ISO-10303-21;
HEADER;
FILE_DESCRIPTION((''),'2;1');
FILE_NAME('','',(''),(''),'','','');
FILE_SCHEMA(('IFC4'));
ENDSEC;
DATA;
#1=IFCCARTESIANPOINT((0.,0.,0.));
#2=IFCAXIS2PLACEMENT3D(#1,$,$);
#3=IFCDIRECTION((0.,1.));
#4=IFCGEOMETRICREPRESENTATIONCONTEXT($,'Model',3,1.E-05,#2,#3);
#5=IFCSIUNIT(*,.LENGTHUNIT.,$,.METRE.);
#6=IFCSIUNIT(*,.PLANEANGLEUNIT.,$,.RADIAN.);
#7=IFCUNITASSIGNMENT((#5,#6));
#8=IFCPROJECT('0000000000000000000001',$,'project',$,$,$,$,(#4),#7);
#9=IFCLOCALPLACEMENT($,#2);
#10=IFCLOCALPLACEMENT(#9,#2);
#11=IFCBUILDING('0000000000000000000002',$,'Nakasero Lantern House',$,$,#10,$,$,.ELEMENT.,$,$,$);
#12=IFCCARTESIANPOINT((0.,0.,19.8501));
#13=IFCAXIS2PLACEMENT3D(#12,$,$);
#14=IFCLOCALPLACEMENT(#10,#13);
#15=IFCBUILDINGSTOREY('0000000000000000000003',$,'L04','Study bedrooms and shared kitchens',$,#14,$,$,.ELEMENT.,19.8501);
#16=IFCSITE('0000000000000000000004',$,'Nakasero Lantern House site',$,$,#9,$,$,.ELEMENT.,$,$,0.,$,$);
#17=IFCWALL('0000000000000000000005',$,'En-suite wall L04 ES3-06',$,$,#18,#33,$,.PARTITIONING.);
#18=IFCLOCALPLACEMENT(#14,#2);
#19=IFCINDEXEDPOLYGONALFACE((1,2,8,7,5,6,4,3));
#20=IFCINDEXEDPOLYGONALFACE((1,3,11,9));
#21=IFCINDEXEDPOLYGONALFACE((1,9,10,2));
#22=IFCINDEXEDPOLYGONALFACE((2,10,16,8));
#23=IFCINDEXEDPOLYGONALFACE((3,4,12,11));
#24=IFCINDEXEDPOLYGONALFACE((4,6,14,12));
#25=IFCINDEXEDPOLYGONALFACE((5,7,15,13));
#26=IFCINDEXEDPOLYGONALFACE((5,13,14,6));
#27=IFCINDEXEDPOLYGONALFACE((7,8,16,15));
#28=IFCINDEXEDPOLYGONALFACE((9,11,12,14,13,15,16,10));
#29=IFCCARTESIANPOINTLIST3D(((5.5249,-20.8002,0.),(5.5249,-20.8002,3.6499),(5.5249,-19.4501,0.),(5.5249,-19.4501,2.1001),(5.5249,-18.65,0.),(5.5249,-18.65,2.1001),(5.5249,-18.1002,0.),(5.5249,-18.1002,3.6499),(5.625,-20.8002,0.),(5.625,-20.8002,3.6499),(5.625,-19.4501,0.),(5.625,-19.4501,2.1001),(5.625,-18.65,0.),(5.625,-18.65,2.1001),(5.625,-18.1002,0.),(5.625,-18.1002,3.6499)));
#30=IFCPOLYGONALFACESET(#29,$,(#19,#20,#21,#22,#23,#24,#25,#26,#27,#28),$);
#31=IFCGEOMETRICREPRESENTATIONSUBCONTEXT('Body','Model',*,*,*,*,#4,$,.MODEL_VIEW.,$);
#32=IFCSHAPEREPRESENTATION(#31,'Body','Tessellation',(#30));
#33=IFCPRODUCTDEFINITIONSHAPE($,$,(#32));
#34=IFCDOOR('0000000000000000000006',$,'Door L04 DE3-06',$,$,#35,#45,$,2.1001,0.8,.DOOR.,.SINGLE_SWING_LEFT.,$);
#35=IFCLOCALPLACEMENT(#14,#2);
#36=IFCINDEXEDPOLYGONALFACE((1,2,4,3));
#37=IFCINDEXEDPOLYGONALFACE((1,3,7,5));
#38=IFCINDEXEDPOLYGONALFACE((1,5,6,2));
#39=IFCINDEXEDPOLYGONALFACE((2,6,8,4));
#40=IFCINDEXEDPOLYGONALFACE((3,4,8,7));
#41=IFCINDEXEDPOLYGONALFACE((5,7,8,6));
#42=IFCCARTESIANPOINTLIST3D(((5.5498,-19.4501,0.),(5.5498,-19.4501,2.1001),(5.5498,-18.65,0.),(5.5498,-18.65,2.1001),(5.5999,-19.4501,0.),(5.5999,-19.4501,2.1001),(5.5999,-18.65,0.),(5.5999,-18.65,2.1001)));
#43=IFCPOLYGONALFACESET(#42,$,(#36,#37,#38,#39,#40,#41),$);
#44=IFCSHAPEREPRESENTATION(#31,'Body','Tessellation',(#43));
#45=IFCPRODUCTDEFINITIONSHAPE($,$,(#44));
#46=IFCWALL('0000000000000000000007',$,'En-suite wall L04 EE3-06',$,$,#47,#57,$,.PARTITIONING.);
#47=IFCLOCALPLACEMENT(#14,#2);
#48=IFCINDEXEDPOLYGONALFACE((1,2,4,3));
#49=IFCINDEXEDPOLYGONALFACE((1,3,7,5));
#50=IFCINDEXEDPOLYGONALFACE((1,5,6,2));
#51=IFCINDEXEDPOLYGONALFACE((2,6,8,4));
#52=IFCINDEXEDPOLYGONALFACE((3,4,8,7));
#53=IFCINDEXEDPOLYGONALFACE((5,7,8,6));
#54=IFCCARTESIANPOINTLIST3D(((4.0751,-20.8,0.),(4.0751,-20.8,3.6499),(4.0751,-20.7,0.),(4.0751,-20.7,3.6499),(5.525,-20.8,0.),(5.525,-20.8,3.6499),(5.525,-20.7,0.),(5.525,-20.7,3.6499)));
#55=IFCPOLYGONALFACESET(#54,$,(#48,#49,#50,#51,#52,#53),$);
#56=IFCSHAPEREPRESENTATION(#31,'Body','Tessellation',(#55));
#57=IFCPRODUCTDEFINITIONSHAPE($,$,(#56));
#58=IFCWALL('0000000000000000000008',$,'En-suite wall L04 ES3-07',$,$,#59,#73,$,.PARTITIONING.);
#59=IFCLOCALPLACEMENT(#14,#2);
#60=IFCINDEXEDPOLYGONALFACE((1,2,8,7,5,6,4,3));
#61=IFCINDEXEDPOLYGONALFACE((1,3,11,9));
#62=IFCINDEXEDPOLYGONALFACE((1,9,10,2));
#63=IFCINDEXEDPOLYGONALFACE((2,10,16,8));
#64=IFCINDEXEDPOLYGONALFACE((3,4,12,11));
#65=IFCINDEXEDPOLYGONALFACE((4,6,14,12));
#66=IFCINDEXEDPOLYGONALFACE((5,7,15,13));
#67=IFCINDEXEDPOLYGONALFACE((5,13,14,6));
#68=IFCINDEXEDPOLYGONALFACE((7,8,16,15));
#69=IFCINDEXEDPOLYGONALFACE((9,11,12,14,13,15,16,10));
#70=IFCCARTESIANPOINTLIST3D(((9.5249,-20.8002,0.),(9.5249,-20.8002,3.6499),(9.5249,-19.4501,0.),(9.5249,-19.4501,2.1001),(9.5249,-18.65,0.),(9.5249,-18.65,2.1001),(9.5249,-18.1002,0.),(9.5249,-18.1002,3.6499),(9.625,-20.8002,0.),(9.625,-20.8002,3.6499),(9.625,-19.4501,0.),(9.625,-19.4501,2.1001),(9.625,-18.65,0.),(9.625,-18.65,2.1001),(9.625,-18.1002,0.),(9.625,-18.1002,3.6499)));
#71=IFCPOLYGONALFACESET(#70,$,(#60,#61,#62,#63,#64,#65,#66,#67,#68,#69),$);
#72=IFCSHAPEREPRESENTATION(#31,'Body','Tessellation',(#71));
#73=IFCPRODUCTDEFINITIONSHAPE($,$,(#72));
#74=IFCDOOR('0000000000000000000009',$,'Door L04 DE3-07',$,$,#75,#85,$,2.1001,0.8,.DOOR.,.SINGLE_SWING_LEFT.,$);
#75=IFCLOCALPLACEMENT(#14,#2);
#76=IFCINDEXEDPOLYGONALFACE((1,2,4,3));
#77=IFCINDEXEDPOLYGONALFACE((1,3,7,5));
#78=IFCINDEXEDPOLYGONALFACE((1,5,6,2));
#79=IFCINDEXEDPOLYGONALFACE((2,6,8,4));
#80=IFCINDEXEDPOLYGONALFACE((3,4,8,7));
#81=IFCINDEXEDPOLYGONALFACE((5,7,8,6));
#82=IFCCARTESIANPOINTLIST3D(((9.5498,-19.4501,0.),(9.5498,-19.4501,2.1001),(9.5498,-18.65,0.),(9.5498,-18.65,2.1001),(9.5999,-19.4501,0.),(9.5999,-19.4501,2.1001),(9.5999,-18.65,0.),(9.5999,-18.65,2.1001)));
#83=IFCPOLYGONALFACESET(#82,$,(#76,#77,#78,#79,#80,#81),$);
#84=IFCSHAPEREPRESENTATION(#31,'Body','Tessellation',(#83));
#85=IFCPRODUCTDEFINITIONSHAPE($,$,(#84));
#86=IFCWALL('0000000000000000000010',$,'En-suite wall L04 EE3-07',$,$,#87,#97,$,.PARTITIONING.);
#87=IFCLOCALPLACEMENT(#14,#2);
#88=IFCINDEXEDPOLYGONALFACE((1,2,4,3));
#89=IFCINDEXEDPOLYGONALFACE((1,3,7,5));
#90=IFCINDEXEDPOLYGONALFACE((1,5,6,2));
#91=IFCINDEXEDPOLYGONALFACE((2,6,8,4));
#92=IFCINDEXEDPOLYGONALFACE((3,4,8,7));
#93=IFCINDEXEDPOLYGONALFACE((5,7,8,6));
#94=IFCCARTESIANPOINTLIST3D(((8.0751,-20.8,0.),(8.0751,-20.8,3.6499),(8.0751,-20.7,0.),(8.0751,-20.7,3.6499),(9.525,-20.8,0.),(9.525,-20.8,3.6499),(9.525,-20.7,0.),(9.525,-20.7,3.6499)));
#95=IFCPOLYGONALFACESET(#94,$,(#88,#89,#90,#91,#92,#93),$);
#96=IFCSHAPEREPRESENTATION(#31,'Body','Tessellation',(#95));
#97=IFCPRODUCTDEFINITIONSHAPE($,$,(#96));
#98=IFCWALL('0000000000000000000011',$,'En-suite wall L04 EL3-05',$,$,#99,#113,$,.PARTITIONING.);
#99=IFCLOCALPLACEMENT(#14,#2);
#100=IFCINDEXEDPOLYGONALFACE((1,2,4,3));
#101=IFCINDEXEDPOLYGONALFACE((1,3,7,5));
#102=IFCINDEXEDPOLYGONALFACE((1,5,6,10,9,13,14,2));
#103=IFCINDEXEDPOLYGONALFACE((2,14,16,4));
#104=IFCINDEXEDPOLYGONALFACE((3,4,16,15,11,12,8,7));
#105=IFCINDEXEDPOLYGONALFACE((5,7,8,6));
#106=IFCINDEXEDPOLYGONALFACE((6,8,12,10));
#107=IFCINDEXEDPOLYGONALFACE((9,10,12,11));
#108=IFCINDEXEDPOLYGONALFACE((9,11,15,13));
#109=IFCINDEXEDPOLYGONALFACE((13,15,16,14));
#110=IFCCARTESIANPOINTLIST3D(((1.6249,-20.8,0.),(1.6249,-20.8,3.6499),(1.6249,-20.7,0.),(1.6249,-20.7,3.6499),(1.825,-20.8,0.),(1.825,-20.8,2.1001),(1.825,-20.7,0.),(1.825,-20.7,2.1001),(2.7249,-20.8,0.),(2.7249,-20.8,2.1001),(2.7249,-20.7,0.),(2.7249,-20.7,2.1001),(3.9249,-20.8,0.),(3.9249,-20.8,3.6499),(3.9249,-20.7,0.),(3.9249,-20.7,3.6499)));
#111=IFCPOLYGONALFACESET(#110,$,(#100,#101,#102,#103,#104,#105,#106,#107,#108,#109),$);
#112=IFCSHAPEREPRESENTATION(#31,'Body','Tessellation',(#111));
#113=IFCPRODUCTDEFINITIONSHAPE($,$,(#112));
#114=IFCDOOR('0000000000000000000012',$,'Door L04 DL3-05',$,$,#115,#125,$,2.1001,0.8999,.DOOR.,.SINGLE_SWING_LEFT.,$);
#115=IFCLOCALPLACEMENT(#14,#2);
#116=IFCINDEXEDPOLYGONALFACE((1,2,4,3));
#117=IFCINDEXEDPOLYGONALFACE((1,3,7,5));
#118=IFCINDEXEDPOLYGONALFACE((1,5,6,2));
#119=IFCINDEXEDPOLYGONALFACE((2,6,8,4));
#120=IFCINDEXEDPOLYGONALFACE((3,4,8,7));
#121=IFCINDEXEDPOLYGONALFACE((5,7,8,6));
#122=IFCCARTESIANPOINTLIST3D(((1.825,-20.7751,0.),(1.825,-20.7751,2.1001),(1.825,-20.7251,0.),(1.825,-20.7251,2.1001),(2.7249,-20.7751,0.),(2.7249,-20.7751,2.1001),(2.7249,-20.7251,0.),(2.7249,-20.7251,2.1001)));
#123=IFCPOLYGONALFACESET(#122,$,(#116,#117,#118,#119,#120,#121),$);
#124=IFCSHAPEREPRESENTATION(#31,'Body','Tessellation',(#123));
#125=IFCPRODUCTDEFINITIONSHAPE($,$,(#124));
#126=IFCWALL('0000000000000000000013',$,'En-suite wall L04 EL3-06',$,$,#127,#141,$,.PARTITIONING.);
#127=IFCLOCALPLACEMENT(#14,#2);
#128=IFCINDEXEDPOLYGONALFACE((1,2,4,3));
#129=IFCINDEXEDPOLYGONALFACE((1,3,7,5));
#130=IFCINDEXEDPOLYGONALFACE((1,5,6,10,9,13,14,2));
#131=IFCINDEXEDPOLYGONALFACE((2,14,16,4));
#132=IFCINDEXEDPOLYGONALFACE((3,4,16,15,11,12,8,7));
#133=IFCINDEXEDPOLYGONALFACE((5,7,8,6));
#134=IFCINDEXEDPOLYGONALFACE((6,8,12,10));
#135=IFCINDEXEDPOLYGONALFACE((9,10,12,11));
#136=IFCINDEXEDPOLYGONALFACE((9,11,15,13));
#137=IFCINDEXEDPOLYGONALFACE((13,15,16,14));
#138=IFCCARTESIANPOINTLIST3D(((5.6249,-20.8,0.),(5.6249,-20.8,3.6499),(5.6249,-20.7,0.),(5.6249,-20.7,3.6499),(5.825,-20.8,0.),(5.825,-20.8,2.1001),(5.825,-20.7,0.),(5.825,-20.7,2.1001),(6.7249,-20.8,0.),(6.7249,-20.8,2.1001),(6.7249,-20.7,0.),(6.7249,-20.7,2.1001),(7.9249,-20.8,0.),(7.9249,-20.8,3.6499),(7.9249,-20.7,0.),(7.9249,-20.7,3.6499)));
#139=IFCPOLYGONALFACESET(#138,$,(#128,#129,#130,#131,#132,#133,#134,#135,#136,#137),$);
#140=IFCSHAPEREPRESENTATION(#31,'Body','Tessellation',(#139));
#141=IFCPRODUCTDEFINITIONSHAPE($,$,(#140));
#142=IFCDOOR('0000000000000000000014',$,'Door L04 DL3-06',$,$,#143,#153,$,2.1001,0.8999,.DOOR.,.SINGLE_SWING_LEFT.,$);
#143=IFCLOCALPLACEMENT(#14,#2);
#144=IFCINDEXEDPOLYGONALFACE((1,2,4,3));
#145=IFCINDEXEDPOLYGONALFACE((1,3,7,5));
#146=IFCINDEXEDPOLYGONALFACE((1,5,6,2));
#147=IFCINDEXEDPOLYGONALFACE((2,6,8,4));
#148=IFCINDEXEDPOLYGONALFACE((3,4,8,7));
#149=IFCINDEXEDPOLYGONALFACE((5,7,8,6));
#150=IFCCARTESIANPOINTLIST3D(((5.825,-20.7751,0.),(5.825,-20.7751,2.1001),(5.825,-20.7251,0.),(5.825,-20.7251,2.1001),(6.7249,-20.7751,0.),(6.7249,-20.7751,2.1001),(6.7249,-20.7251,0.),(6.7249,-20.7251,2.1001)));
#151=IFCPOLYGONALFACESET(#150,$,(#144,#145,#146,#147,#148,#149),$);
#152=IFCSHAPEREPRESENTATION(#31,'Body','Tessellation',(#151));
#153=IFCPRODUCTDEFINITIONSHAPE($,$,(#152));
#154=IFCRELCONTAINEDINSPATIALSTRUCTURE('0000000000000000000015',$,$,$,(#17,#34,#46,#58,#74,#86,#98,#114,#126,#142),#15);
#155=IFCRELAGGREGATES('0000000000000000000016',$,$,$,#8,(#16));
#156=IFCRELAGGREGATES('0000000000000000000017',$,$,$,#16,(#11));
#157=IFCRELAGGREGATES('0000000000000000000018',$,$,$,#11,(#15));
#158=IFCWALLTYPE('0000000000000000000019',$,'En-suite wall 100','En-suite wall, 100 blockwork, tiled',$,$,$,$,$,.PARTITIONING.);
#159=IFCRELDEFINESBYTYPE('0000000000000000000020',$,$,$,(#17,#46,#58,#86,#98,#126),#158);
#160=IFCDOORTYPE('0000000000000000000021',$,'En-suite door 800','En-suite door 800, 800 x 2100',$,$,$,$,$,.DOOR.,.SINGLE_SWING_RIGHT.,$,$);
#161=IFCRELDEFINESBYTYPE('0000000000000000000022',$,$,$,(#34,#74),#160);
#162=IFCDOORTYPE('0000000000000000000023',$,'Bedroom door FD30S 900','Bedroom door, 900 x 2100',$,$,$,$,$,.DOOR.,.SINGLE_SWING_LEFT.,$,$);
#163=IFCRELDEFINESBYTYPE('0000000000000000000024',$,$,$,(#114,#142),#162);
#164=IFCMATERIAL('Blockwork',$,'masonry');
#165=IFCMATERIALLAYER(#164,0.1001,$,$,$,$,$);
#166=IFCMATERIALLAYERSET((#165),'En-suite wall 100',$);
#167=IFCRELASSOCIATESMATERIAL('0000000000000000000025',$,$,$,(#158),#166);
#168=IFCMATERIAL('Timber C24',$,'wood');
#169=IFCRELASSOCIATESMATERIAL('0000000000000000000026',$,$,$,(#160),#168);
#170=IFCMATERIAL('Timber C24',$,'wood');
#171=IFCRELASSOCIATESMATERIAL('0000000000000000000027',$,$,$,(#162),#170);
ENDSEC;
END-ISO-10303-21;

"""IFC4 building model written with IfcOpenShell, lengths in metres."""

from ifc_helpers import new_model, si_unit, direction, frame, frame_2d, origin, place, context, subcontext, project, spatial, rectangle, extrude, material, layer, layer_set, type_object, element, fill, save


model = new_model("IFC4")

# Units and contexts
model_context = context("Model", 3, precision=1e-05, world=origin(), true_north=direction((0.0, 1.0)))
body_context = subcontext(model_context, "Body", "Model", "MODEL_VIEW")
ifc_project = project(units=[si_unit("LENGTHUNIT", "METRE"), si_unit("PLANEANGLEUNIT", "RADIAN")], contexts=[model_context])

# Site, building, storey
site_placement = place(None, origin())
site = spatial("IfcSite", under=ifc_project, at=site_placement, Name="Nakasero Lantern House site", CompositionType="ELEMENT", RefElevation=0.0)
building_placement = place(site_placement, origin())
building = spatial("IfcBuilding", under=site, at=building_placement, Name="Nakasero Lantern House", CompositionType="ELEMENT")
storey_placement = place(building_placement, frame((0.0, 0.0, 19.8501)))
storey = spatial("IfcBuildingStorey", under=building, at=storey_placement, Name="L04", Description="Study bedrooms and shared kitchens", CompositionType="ELEMENT", Elevation=19.8501)

# Shared definitions
ifc_material_1 = material(Name="Blockwork", Category="masonry")
ifc_layer_1 = layer(ifc_material_1, 0.1001)
ifc_layer_set_1 = layer_set([ifc_layer_1], Name="En-suite wall 100")
wall_type_1 = type_object("IfcWallType", Name="En-suite wall 100", Description="En-suite wall, 100 blockwork, tiled", PredefinedType="PARTITIONING", material=ifc_layer_set_1)
ifc_material_2 = material(Name="Timber C24", Category="wood")
door_type_1 = type_object("IfcDoorType", Name="En-suite door 800", Description="En-suite door 800, 800 x 2100", OperationType="SINGLE_SWING_RIGHT", PredefinedType="DOOR", material=ifc_material_2)

# Wall, opening, door
wall_1_placement = place(storey_placement, frame((5.575, -18.1001, 0.0), z_axis=(0.0, 0.0, 1.0), x_axis=(0.0, -1.0, 0.0)))
wall_1 = element("IfcWall", 1, at=wall_1_placement, inside=storey, type_object=wall_type_1, Name="En-suite wall L04 ES3-06", PredefinedType="PARTITIONING", context=body_context, shape_type="SweptSolid", body=[
    extrude(rectangle(XDim=2.7, YDim=0.1001, at=frame_2d((1.3501, 0.0))), origin(), (0.0, 0.0, 1.0), 3.6499),
])
opening_1_placement = place(wall_1_placement, frame((0.55, 0.0, 0.0)))
opening_1 = element("IfcOpeningElement", 2, at=opening_1_placement, cuts=wall_1, PredefinedType="OPENING", context=body_context, shape_type="SweptSolid", body=[
    extrude(rectangle(XDim=0.8, YDim=2.1001, at=frame_2d((0.3999, 1.05))), frame((0.0, 0.0701, 0.0), z_axis=(0.0, -1.0, 0.0), x_axis=(1.0, 0.0, 0.0)), (0.0, 0.0, 1.0), 0.1401),
])
door_1_placement = place(opening_1_placement, origin())
door_1 = element("IfcDoor", 3, at=door_1_placement, inside=storey, type_object=door_type_1, Name="Door L04 DE3-06", OperationType="SINGLE_SWING_LEFT", OverallHeight=2.1001, OverallWidth=0.8, PredefinedType="DOOR", context=body_context, shape_type="SweptSolid", body=[
    extrude(rectangle(XDim=0.8, YDim=2.1001, at=frame_2d((0.3999, 1.05))), frame((0.0, 0.0249, 0.0), z_axis=(0.0, -1.0, 0.0), x_axis=(1.0, 0.0, 0.0)), (0.0, 0.0, 1.0), 0.05),
])
fill(opening_1, door_1)

# Wall
wall_2_placement = place(storey_placement, frame((4.075, -20.75, 0.0), z_axis=(0.0, 0.0, 1.0), x_axis=(1.0, 0.0, 0.0)))
element("IfcWall", 4, at=wall_2_placement, inside=storey, type_object=wall_type_1, Name="En-suite wall L04 EE3-06", PredefinedType="PARTITIONING", context=body_context, shape_type="SweptSolid", body=[
    extrude(rectangle(XDim=1.45, YDim=0.1001, at=frame_2d((0.7251, 0.0))), origin(), (0.0, 0.0, 1.0), 3.6499),
])

# Wall, opening, door
wall_3_placement = place(storey_placement, frame((9.575, -18.1001, 0.0), z_axis=(0.0, 0.0, 1.0), x_axis=(0.0, -1.0, 0.0)))
wall_3 = element("IfcWall", 5, at=wall_3_placement, inside=storey, type_object=wall_type_1, Name="En-suite wall L04 ES3-07", PredefinedType="PARTITIONING", context=body_context, shape_type="SweptSolid", body=[
    extrude(rectangle(XDim=2.7, YDim=0.1001, at=frame_2d((1.3501, 0.0))), origin(), (0.0, 0.0, 1.0), 3.6499),
])
opening_2_placement = place(wall_3_placement, frame((0.55, 0.0, 0.0)))
opening_2 = element("IfcOpeningElement", 6, at=opening_2_placement, cuts=wall_3, PredefinedType="OPENING", context=body_context, shape_type="SweptSolid", body=[
    extrude(rectangle(XDim=0.8, YDim=2.1001, at=frame_2d((0.3999, 1.05))), frame((0.0, 0.0701, 0.0), z_axis=(0.0, -1.0, 0.0), x_axis=(1.0, 0.0, 0.0)), (0.0, 0.0, 1.0), 0.1401),
])
door_2_placement = place(opening_2_placement, origin())
door_2 = element("IfcDoor", 7, at=door_2_placement, inside=storey, type_object=door_type_1, Name="Door L04 DE3-07", OperationType="SINGLE_SWING_LEFT", OverallHeight=2.1001, OverallWidth=0.8, PredefinedType="DOOR", context=body_context, shape_type="SweptSolid", body=[
    extrude(rectangle(XDim=0.8, YDim=2.1001, at=frame_2d((0.3999, 1.05))), frame((0.0, 0.0249, 0.0), z_axis=(0.0, -1.0, 0.0), x_axis=(1.0, 0.0, 0.0)), (0.0, 0.0, 1.0), 0.05),
])
fill(opening_2, door_2)

# Wall
wall_4_placement = place(storey_placement, frame((8.075, -20.75, 0.0), z_axis=(0.0, 0.0, 1.0), x_axis=(1.0, 0.0, 0.0)))
element("IfcWall", 8, at=wall_4_placement, inside=storey, type_object=wall_type_1, Name="En-suite wall L04 EE3-07", PredefinedType="PARTITIONING", context=body_context, shape_type="SweptSolid", body=[
    extrude(rectangle(XDim=1.45, YDim=0.1001, at=frame_2d((0.7251, 0.0))), origin(), (0.0, 0.0, 1.0), 3.6499),
])

# Walls, openings, doors
wall_5_placement = place(storey_placement, frame((1.625, -20.75, 0.0), z_axis=(0.0, 0.0, 1.0), x_axis=(1.0, 0.0, 0.0)))
wall_5 = element("IfcWall", 9, at=wall_5_placement, inside=storey, type_object=wall_type_1, Name="En-suite wall L04 EL3-05", PredefinedType="PARTITIONING", context=body_context, shape_type="SweptSolid", body=[
    extrude(rectangle(XDim=2.3, YDim=0.1001, at=frame_2d((1.1499, 0.0))), origin(), (0.0, 0.0, 1.0), 3.6499),
])
opening_3_placement = place(wall_5_placement, frame((0.2, 0.0, 0.0)))
opening_3 = element("IfcOpeningElement", 10, at=opening_3_placement, cuts=wall_5, PredefinedType="OPENING", context=body_context, shape_type="SweptSolid", body=[
    extrude(rectangle(XDim=0.8999, YDim=2.1001, at=frame_2d((0.45, 1.05))), frame((0.0, 0.0701, 0.0), z_axis=(0.0, -1.0, 0.0), x_axis=(1.0, 0.0, 0.0)), (0.0, 0.0, 1.0), 0.1401),
])
ifc_material_3 = material(Name="Timber C24", Category="wood")
door_type_2 = type_object("IfcDoorType", Name="Bedroom door FD30S 900", Description="Bedroom door, 900 x 2100", OperationType="SINGLE_SWING_LEFT", PredefinedType="DOOR", material=ifc_material_3)
door_3_placement = place(opening_3_placement, origin())
door_3 = element("IfcDoor", 11, at=door_3_placement, inside=storey, type_object=door_type_2, Name="Door L04 DL3-05", OperationType="SINGLE_SWING_LEFT", OverallHeight=2.1001, OverallWidth=0.8999, PredefinedType="DOOR", context=body_context, shape_type="SweptSolid", body=[
    extrude(rectangle(XDim=0.8999, YDim=2.1001, at=frame_2d((0.45, 1.05))), frame((0.0, 0.0249, 0.0), z_axis=(0.0, -1.0, 0.0), x_axis=(1.0, 0.0, 0.0)), (0.0, 0.0, 1.0), 0.05),
])
fill(opening_3, door_3)
wall_6_placement = place(storey_placement, frame((5.625, -20.75, 0.0), z_axis=(0.0, 0.0, 1.0), x_axis=(1.0, 0.0, 0.0)))
wall_6 = element("IfcWall", 12, at=wall_6_placement, inside=storey, type_object=wall_type_1, Name="En-suite wall L04 EL3-06", PredefinedType="PARTITIONING", context=body_context, shape_type="SweptSolid", body=[
    extrude(rectangle(XDim=2.3, YDim=0.1001, at=frame_2d((1.1499, 0.0))), origin(), (0.0, 0.0, 1.0), 3.6499),
])
opening_4_placement = place(wall_6_placement, frame((0.2, 0.0, 0.0)))
opening_4 = element("IfcOpeningElement", 13, at=opening_4_placement, cuts=wall_6, PredefinedType="OPENING", context=body_context, shape_type="SweptSolid", body=[
    extrude(rectangle(XDim=0.8999, YDim=2.1001, at=frame_2d((0.45, 1.05))), frame((0.0, 0.0701, 0.0), z_axis=(0.0, -1.0, 0.0), x_axis=(1.0, 0.0, 0.0)), (0.0, 0.0, 1.0), 0.1401),
])
door_4_placement = place(opening_4_placement, origin())
door_4 = element("IfcDoor", 14, at=door_4_placement, inside=storey, type_object=door_type_2, Name="Door L04 DL3-06", OperationType="SINGLE_SWING_LEFT", OverallHeight=2.1001, OverallWidth=0.8999, PredefinedType="DOOR", context=body_context, shape_type="SweptSolid", body=[
    extrude(rectangle(XDim=0.8999, YDim=2.1001, at=frame_2d((0.45, 1.05))), frame((0.0, 0.0249, 0.0), z_axis=(0.0, -1.0, 0.0), x_axis=(1.0, 0.0, 0.0)), (0.0, 0.0, 1.0), 0.05),
])
fill(opening_4, door_4)

save(model, "model.ifc")
